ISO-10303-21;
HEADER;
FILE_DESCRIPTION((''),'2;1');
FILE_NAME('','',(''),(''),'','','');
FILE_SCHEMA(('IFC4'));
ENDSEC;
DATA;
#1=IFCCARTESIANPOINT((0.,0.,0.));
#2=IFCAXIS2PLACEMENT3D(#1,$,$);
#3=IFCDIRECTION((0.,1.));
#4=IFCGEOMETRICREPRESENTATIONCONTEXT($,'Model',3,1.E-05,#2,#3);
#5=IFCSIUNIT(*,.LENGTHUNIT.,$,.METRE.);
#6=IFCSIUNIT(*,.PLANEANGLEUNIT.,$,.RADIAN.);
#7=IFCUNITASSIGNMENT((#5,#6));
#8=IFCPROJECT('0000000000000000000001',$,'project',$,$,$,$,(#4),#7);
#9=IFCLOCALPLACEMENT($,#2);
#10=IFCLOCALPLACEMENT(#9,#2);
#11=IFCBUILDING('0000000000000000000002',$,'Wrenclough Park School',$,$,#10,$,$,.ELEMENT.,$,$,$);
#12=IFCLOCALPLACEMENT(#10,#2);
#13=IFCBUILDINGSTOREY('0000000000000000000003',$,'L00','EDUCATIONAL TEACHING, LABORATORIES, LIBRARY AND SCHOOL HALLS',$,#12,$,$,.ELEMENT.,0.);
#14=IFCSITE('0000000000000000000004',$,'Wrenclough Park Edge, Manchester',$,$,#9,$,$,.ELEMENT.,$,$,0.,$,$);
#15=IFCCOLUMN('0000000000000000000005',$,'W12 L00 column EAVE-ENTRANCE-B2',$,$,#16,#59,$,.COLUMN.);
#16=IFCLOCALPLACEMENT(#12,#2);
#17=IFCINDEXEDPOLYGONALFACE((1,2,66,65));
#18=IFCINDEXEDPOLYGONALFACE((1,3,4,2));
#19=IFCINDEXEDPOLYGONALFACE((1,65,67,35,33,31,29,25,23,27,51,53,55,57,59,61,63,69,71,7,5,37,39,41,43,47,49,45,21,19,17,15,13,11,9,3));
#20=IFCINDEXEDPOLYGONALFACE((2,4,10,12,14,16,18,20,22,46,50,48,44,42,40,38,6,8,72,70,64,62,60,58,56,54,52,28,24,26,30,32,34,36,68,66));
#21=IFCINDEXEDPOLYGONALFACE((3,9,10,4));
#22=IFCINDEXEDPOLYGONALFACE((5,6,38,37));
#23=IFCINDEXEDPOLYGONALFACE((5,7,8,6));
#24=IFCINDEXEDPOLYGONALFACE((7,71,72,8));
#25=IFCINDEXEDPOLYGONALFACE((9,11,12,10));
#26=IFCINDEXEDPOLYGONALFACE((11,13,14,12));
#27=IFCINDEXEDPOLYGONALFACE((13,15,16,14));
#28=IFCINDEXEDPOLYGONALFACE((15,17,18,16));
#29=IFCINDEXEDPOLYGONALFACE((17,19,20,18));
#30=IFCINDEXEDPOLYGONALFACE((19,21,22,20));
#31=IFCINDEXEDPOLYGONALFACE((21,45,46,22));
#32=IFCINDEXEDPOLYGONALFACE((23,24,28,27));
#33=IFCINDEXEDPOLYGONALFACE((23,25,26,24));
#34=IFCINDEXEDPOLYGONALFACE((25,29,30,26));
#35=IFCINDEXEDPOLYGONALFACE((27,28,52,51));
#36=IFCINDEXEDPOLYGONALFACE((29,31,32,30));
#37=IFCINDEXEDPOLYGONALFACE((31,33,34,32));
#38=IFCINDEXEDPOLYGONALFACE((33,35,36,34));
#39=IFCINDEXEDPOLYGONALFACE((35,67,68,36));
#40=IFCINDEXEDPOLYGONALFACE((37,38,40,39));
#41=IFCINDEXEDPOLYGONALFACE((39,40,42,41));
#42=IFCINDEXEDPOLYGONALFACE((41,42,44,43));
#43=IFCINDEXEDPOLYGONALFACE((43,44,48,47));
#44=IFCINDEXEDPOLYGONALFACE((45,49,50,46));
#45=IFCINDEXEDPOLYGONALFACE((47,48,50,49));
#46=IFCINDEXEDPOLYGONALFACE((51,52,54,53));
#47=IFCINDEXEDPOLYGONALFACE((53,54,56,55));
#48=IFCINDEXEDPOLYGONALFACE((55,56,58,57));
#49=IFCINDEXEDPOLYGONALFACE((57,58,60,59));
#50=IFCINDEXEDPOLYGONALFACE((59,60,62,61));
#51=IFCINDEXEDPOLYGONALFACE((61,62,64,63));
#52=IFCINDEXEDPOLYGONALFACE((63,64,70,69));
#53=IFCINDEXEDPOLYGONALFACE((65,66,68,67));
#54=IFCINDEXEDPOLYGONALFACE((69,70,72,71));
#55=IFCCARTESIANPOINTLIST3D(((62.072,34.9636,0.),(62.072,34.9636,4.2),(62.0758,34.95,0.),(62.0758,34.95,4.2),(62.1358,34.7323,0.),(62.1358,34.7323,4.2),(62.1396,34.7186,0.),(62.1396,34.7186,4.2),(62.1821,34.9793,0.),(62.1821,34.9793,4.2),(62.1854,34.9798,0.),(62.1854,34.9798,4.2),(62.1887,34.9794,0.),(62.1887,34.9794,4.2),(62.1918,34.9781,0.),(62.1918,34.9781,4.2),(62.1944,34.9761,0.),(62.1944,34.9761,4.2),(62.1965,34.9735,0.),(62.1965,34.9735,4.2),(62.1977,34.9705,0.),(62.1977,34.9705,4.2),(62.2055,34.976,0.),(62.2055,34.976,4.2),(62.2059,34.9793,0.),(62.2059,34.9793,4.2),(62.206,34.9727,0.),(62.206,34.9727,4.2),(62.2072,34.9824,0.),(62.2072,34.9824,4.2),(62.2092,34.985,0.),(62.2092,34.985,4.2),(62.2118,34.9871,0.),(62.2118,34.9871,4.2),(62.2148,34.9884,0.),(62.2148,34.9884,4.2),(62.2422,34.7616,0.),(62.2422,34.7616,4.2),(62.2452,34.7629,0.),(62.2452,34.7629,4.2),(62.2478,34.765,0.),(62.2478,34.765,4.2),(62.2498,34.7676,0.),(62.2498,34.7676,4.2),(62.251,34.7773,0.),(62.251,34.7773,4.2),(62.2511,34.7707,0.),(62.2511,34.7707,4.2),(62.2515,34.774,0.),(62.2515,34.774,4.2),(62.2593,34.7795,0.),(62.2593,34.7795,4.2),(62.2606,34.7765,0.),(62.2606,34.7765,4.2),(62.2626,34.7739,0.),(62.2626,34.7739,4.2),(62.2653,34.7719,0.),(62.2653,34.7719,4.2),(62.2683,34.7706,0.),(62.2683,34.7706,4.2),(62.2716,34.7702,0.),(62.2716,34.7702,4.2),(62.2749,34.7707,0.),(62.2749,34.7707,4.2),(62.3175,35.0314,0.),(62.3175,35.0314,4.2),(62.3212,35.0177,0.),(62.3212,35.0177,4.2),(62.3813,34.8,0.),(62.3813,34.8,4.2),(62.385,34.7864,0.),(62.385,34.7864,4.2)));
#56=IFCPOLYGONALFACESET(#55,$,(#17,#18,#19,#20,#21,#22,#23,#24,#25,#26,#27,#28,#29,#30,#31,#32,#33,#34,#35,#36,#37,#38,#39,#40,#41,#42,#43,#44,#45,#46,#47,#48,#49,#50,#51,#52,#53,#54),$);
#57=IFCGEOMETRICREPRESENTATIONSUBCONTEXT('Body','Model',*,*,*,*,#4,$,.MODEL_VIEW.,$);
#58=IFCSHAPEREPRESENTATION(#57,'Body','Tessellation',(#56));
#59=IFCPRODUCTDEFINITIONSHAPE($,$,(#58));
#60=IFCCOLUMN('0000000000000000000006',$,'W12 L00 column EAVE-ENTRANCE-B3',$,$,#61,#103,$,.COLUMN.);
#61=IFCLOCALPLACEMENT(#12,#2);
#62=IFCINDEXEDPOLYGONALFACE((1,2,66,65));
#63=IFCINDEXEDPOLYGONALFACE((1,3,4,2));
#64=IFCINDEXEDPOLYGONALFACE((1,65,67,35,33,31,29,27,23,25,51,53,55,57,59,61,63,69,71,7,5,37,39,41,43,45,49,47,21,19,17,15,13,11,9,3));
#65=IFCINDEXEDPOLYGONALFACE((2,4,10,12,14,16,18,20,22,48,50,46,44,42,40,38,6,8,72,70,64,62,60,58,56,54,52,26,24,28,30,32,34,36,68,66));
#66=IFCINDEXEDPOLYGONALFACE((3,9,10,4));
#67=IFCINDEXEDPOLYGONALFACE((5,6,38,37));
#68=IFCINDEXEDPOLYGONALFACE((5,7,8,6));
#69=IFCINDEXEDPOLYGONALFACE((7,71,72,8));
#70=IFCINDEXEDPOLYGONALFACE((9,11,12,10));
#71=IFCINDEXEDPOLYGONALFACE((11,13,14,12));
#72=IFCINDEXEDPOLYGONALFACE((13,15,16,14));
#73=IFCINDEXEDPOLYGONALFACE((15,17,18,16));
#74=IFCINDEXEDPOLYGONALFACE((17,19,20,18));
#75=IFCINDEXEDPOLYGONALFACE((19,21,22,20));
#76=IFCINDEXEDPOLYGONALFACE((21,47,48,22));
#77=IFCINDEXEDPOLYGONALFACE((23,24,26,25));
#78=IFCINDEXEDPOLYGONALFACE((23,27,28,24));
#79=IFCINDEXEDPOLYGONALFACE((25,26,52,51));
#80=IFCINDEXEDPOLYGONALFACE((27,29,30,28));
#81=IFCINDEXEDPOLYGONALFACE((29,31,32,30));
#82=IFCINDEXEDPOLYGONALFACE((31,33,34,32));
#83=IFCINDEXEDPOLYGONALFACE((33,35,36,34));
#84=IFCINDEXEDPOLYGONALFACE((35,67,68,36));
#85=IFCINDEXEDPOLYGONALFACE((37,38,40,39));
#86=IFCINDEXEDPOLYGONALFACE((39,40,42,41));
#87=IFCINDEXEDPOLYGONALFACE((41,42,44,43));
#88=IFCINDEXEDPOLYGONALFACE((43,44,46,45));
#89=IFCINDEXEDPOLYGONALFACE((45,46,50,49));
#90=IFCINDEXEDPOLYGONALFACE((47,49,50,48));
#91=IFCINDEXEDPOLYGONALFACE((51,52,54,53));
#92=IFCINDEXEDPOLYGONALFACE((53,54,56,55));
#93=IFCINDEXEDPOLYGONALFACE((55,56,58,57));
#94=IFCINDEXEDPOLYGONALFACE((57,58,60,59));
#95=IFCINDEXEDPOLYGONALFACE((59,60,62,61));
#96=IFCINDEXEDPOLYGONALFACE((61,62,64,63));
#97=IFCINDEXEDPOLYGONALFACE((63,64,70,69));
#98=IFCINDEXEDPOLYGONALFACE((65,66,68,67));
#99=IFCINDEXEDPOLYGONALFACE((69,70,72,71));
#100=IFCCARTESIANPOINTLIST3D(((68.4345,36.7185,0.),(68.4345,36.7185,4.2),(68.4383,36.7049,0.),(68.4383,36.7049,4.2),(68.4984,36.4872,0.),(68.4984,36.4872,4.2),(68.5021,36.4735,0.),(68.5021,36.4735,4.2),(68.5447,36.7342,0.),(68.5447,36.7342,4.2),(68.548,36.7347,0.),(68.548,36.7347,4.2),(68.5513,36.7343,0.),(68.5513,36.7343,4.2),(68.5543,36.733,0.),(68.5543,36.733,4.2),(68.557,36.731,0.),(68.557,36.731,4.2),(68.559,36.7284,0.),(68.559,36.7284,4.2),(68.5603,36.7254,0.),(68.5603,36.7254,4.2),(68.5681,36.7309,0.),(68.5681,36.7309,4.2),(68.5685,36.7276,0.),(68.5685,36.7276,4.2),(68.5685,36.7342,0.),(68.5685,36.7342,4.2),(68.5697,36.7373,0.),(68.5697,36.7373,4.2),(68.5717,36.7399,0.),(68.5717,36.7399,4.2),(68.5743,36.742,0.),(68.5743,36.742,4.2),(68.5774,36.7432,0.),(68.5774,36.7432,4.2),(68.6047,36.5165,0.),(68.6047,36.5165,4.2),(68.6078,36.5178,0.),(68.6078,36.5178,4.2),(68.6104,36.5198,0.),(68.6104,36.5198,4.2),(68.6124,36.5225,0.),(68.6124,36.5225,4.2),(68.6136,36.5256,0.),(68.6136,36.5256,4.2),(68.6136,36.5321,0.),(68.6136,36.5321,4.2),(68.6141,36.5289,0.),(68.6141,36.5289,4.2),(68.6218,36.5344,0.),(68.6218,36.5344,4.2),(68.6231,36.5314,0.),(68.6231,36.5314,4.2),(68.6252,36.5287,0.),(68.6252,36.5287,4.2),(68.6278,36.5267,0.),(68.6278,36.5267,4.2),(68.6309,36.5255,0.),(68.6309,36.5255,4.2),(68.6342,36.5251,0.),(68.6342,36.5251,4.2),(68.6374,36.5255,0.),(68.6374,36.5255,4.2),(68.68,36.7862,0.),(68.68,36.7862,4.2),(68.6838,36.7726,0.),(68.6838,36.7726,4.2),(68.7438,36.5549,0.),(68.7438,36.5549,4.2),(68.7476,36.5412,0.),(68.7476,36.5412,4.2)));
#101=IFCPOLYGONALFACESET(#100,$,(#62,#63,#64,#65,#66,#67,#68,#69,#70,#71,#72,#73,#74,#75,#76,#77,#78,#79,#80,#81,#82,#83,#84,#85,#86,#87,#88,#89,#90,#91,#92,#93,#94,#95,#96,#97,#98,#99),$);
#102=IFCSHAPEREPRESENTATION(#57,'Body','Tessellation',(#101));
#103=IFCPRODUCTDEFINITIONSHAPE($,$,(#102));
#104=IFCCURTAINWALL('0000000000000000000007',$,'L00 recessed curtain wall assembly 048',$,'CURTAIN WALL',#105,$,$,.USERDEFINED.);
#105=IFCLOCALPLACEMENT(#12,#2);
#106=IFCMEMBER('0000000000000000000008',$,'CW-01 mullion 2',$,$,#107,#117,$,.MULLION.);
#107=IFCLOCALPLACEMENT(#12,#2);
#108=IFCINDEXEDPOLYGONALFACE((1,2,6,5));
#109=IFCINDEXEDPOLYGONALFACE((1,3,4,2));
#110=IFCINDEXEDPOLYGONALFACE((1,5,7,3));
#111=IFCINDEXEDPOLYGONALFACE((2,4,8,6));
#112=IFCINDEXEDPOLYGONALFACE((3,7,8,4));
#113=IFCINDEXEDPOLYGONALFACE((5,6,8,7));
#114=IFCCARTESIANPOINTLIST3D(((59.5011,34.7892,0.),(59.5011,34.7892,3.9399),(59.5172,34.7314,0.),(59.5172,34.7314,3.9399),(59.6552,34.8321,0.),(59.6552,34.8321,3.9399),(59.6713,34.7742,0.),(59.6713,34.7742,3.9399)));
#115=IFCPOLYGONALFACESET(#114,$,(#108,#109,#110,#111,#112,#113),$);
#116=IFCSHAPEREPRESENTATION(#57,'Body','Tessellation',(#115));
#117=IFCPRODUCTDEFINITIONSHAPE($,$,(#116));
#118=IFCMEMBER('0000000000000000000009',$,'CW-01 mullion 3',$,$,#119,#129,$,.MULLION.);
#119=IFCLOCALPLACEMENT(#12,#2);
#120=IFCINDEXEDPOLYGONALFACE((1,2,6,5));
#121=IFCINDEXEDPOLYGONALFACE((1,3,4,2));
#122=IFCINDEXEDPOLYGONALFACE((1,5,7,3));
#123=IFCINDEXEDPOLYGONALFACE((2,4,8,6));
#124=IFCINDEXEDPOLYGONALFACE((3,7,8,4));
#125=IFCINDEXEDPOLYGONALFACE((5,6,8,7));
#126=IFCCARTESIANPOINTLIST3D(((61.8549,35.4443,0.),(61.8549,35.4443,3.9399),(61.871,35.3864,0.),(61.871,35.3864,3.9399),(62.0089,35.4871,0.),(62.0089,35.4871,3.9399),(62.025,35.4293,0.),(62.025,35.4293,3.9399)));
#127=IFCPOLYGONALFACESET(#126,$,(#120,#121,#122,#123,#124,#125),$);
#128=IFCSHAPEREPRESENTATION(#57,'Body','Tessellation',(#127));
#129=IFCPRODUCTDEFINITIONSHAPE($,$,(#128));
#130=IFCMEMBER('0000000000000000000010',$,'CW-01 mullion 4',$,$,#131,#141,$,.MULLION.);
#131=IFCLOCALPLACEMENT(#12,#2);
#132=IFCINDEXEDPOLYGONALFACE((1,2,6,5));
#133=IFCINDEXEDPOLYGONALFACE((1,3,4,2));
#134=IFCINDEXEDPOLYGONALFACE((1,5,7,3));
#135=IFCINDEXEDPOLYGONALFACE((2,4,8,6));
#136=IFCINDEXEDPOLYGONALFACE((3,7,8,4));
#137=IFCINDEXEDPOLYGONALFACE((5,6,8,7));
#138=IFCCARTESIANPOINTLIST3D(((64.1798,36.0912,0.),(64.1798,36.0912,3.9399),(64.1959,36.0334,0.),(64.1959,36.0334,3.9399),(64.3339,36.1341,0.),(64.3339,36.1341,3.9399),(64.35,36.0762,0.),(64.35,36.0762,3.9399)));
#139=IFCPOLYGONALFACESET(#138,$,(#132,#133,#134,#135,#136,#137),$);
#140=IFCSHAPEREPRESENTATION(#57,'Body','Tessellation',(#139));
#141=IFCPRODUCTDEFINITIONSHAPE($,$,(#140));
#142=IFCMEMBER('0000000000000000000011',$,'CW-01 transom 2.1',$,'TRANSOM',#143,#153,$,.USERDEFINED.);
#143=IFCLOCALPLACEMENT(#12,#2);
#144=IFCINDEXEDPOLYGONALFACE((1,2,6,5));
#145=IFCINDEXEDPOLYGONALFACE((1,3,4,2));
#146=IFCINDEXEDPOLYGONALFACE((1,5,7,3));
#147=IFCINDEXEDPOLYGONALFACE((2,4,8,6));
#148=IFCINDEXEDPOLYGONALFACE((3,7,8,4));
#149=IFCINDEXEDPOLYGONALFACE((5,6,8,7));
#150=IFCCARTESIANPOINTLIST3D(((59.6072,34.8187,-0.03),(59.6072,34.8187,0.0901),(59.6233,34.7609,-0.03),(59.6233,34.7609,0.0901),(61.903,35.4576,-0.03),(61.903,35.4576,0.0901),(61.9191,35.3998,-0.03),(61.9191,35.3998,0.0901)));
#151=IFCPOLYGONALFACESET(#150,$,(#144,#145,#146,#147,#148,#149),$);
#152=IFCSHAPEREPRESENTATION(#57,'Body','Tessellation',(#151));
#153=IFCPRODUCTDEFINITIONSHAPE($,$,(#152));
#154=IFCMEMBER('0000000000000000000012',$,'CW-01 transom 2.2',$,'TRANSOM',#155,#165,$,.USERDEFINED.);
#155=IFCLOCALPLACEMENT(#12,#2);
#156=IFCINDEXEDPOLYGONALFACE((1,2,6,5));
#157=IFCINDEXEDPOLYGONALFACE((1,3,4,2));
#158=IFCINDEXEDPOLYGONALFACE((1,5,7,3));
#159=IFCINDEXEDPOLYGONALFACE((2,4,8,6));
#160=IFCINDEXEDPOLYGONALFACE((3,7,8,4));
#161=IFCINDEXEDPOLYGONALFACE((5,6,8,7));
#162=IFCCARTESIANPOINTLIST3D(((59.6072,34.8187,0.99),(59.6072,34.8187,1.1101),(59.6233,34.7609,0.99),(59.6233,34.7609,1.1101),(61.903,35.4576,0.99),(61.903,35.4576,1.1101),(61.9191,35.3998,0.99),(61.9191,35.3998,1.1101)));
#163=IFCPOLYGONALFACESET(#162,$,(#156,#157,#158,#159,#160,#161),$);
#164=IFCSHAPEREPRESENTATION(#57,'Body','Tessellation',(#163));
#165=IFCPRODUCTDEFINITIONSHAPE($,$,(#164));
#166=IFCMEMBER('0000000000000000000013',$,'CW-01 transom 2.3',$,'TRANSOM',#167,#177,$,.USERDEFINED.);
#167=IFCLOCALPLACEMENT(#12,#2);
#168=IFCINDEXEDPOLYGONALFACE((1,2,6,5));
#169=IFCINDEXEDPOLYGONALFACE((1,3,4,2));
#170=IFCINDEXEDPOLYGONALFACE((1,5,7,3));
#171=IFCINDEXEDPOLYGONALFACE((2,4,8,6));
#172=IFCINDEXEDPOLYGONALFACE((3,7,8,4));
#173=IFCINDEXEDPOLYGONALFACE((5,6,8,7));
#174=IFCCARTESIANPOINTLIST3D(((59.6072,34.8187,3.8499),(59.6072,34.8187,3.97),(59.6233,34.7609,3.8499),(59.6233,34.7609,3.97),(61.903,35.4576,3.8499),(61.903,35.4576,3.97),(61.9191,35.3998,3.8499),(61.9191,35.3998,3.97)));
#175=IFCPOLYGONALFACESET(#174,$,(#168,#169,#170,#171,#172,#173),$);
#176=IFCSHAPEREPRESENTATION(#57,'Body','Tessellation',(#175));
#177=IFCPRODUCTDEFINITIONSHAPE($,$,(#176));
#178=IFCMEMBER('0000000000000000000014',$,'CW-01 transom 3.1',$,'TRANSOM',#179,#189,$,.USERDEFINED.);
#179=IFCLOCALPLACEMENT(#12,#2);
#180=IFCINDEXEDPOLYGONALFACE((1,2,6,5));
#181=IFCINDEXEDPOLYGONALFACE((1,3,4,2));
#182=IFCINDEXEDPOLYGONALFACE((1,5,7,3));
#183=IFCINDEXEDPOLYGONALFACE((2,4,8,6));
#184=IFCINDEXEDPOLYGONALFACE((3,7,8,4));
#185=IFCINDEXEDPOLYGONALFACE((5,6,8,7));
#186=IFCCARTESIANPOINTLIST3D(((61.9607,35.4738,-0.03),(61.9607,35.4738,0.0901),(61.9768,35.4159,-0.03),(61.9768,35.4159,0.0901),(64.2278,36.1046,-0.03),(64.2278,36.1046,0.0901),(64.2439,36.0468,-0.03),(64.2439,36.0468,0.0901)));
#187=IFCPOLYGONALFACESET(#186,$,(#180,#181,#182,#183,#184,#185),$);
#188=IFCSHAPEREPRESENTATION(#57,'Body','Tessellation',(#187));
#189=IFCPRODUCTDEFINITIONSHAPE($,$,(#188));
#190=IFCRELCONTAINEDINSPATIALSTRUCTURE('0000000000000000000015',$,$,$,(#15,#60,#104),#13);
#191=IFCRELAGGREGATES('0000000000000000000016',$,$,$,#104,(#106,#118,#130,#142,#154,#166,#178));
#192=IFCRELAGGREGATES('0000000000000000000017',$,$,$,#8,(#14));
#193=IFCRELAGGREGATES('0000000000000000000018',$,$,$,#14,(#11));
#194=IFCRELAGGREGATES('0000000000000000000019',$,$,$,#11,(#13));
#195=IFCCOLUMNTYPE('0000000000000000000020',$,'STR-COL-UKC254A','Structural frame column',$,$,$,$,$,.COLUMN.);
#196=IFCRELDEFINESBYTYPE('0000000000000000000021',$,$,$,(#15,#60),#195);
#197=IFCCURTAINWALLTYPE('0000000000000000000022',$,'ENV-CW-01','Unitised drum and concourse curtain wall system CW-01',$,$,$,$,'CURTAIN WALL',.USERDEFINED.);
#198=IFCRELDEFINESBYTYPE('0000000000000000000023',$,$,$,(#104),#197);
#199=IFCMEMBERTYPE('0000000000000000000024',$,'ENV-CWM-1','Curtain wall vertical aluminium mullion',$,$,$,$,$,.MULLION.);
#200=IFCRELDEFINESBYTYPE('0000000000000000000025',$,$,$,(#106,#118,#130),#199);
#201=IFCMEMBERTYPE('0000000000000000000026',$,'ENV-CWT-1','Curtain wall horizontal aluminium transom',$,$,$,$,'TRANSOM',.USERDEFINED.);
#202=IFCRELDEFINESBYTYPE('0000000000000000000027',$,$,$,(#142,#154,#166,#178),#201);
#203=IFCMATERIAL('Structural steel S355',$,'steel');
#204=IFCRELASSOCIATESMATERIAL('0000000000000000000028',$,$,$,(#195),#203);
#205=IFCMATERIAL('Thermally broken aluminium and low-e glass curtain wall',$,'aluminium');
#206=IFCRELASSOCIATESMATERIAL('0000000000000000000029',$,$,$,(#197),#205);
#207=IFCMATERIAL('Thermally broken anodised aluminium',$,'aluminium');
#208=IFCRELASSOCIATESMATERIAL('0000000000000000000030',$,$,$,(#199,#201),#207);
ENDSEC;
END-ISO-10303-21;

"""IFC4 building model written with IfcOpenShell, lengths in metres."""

from ifc_helpers import new_model, si_unit, direction, frame, origin, origin_2d, place, context, subcontext, project, spatial, rectangle, i_section, extrude, material, material_profile, profile_set, type_object, element, aggregate, save


model = new_model("IFC4")

# Units and contexts
model_context = context("Model", 3, precision=1e-05, world=origin(), true_north=direction((0.0, 1.0)))
body_context = subcontext(model_context, "Body", "Model", "MODEL_VIEW")
ifc_project = project(units=[si_unit("LENGTHUNIT", "METRE"), si_unit("PLANEANGLEUNIT", "RADIAN")], contexts=[model_context])

# Site, building, storey
site_placement = place(None, origin())
site = spatial("IfcSite", under=ifc_project, at=site_placement, Name="Wrenclough Park Edge, Manchester", CompositionType="ELEMENT", RefElevation=0.0)
building_placement = place(site_placement, origin())
building = spatial("IfcBuilding", under=site, at=building_placement, Name="Wrenclough Park School", CompositionType="ELEMENT")
storey_placement = place(building_placement, origin())
storey = spatial("IfcBuildingStorey", under=building, at=storey_placement, Name="L00", Description="EDUCATIONAL TEACHING, LABORATORIES, LIBRARY AND SCHOOL HALLS", CompositionType="ELEMENT", Elevation=0.0)

# Columns
ifc_material_1 = material(Name="Structural steel S355", Category="steel")
ifc_material_profile_1 = material_profile(ifc_material_1, i_section(OverallWidth=0.2546, OverallDepth=0.2542, WebThickness=0.0085, FlangeThickness=0.0142, FilletRadius=0.0127, at=origin_2d()), Name="UKC 254x254x73")
ifc_profile_set_1 = profile_set([ifc_material_profile_1], Name="Structural steel S355")
column_type = type_object("IfcColumnType", Name="STR-COL-UKC254A", Description="Structural frame column", PredefinedType="COLUMN", material=ifc_profile_set_1)
for number, where, z_axis, x_axis, name in (
    (1, (62.2285, 34.875, 0.0), (0.0, 0.0, 1.0), (0.964003, 0.265893, 0.0), "W12 L00 column EAVE-ENTRANCE-B2"),
    (2, (68.5911, 36.6299, 0.0), (0.0, 0.0, 1.0), (0.964003, 0.265893, 0.0), "W12 L00 column EAVE-ENTRANCE-B3"),
):
    element("IfcColumn", number, at=place(storey_placement, frame(where, z_axis=z_axis, x_axis=x_axis)), inside=storey, type_object=column_type, Name=name, PredefinedType="COLUMN", context=body_context, shape_type="SweptSolid", body=[
        extrude(i_section(OverallWidth=0.2546, OverallDepth=0.2542, WebThickness=0.0085, FlangeThickness=0.0142, FilletRadius=0.0127, at=origin_2d()), origin(), (0.0, 0.0, 1.0), 4.2),
    ])

# Curtain wall, members
ifc_material_2 = material(Name="Thermally broken aluminium and low-e glass curtain wall", Category="aluminium")
curtain_wall_type = type_object("IfcCurtainWallType", Name="ENV-CW-01", Description="Unitised drum and concourse curtain wall system CW-01", ElementType="CURTAIN WALL", PredefinedType="USERDEFINED", material=ifc_material_2)
curtain_wall_placement = place(storey_placement, origin())
curtain_wall = element("IfcCurtainWall", 3, at=curtain_wall_placement, inside=storey, type_object=curtain_wall_type, Name="L00 recessed curtain wall assembly 048", ObjectType="CURTAIN WALL", PredefinedType="USERDEFINED")
ifc_material_3 = material(Name="Thermally broken anodised aluminium", Category="aluminium")
ifc_material_profile_2 = material_profile(ifc_material_3, rectangle(XDim=0.0601, YDim=0.1599, at=origin_2d()), Name="AL MULLION 60x160")
ifc_profile_set_2 = profile_set([ifc_material_profile_2], Name="Thermally broken anodised aluminium")
member_type_1 = type_object("IfcMemberType", Name="ENV-CWM-1", Description="Curtain wall vertical aluminium mullion", PredefinedType="MULLION", material=ifc_profile_set_2)
member_1_placement = place(storey_placement, frame((59.5862, 34.7817, 0.0), z_axis=(0.0, 0.0, 1.0), x_axis=(-0.268082, 0.963396, 0.0)))
member_1 = element("IfcMember", 4, at=member_1_placement, type_object=member_type_1, Name="CW-01 mullion 2", PredefinedType="MULLION", context=body_context, shape_type="SweptSolid", body=[
    extrude(rectangle(XDim=0.0601, YDim=0.1599, at=origin_2d()), origin(), (0.0, 0.0, 1.0), 3.9399),
])
member_2_placement = place(storey_placement, frame((61.9399, 35.4368, 0.0), z_axis=(0.0, 0.0, 1.0), x_axis=(-0.268082, 0.963396, 0.0)))
member_2 = element("IfcMember", 5, at=member_2_placement, type_object=member_type_1, Name="CW-01 mullion 3", PredefinedType="MULLION", context=body_context, shape_type="SweptSolid", body=[
    extrude(rectangle(XDim=0.0601, YDim=0.1599, at=origin_2d()), origin(), (0.0, 0.0, 1.0), 3.9399),
])
member_3_placement = place(storey_placement, frame((64.2649, 36.0837, 0.0), z_axis=(0.0, 0.0, 1.0), x_axis=(-0.268082, 0.963396, 0.0)))
member_3 = element("IfcMember", 6, at=member_3_placement, type_object=member_type_1, Name="CW-01 mullion 4", PredefinedType="MULLION", context=body_context, shape_type="SweptSolid", body=[
    extrude(rectangle(XDim=0.0601, YDim=0.1599, at=origin_2d()), origin(), (0.0, 0.0, 1.0), 3.9399),
])
ifc_material_profile_3 = material_profile(ifc_material_3, rectangle(XDim=0.0601, YDim=0.1201, at=origin_2d()), Name="AL TRANSOM 60x120")
ifc_profile_set_3 = profile_set([ifc_material_profile_3], Name="Thermally broken anodised aluminium")
member_type_2 = type_object("IfcMemberType", Name="ENV-CWT-1", Description="Curtain wall horizontal aluminium transom", ElementType="TRANSOM", PredefinedType="USERDEFINED", material=ifc_profile_set_3)
member_4_placement = place(storey_placement, frame((59.6152, 34.7898, 0.03), z_axis=(0.963392, 0.268098, 0.0), x_axis=(-0.268098, 0.963392, 0.0)))
member_4 = element("IfcMember", 7, at=member_4_placement, type_object=member_type_2, Name="CW-01 transom 2.1", ObjectType="TRANSOM", PredefinedType="USERDEFINED", context=body_context, shape_type="SweptSolid", body=[
    extrude(rectangle(XDim=0.0601, YDim=0.1201, at=origin_2d()), origin(), (0.0, 0.0, 1.0), 2.3831),
])
member_5_placement = place(storey_placement, frame((59.6152, 34.7898, 1.05), z_axis=(0.963392, 0.268098, 0.0), x_axis=(-0.268098, 0.963392, 0.0)))
member_5 = element("IfcMember", 8, at=member_5_placement, type_object=member_type_2, Name="CW-01 transom 2.2", ObjectType="TRANSOM", PredefinedType="USERDEFINED", context=body_context, shape_type="SweptSolid", body=[
    extrude(rectangle(XDim=0.0601, YDim=0.1201, at=origin_2d()), origin(), (0.0, 0.0, 1.0), 2.3831),
])
member_6_placement = place(storey_placement, frame((59.6152, 34.7898, 3.9099), z_axis=(0.963392, 0.268098, 0.0), x_axis=(-0.268098, 0.963392, 0.0)))
member_6 = element("IfcMember", 9, at=member_6_placement, type_object=member_type_2, Name="CW-01 transom 2.3", ObjectType="TRANSOM", PredefinedType="USERDEFINED", context=body_context, shape_type="SweptSolid", body=[
    extrude(rectangle(XDim=0.0601, YDim=0.1201, at=origin_2d()), origin(), (0.0, 0.0, 1.0), 2.3831),
])
member_7_placement = place(storey_placement, frame((61.9688, 35.4448, 0.03), z_axis=(0.963396, 0.268083, 0.0), x_axis=(-0.268083, 0.963396, 0.0)))
member_7 = element("IfcMember", 10, at=member_7_placement, type_object=member_type_2, Name="CW-01 transom 3.1", ObjectType="TRANSOM", PredefinedType="USERDEFINED", context=body_context, shape_type="SweptSolid", body=[
    extrude(rectangle(XDim=0.0601, YDim=0.1201, at=origin_2d()), origin(), (0.0, 0.0, 1.0), 2.3533),
])

aggregate(curtain_wall, [member_1, member_2, member_3, member_4, member_5, member_6, member_7])

save(model, "model.ifc")
